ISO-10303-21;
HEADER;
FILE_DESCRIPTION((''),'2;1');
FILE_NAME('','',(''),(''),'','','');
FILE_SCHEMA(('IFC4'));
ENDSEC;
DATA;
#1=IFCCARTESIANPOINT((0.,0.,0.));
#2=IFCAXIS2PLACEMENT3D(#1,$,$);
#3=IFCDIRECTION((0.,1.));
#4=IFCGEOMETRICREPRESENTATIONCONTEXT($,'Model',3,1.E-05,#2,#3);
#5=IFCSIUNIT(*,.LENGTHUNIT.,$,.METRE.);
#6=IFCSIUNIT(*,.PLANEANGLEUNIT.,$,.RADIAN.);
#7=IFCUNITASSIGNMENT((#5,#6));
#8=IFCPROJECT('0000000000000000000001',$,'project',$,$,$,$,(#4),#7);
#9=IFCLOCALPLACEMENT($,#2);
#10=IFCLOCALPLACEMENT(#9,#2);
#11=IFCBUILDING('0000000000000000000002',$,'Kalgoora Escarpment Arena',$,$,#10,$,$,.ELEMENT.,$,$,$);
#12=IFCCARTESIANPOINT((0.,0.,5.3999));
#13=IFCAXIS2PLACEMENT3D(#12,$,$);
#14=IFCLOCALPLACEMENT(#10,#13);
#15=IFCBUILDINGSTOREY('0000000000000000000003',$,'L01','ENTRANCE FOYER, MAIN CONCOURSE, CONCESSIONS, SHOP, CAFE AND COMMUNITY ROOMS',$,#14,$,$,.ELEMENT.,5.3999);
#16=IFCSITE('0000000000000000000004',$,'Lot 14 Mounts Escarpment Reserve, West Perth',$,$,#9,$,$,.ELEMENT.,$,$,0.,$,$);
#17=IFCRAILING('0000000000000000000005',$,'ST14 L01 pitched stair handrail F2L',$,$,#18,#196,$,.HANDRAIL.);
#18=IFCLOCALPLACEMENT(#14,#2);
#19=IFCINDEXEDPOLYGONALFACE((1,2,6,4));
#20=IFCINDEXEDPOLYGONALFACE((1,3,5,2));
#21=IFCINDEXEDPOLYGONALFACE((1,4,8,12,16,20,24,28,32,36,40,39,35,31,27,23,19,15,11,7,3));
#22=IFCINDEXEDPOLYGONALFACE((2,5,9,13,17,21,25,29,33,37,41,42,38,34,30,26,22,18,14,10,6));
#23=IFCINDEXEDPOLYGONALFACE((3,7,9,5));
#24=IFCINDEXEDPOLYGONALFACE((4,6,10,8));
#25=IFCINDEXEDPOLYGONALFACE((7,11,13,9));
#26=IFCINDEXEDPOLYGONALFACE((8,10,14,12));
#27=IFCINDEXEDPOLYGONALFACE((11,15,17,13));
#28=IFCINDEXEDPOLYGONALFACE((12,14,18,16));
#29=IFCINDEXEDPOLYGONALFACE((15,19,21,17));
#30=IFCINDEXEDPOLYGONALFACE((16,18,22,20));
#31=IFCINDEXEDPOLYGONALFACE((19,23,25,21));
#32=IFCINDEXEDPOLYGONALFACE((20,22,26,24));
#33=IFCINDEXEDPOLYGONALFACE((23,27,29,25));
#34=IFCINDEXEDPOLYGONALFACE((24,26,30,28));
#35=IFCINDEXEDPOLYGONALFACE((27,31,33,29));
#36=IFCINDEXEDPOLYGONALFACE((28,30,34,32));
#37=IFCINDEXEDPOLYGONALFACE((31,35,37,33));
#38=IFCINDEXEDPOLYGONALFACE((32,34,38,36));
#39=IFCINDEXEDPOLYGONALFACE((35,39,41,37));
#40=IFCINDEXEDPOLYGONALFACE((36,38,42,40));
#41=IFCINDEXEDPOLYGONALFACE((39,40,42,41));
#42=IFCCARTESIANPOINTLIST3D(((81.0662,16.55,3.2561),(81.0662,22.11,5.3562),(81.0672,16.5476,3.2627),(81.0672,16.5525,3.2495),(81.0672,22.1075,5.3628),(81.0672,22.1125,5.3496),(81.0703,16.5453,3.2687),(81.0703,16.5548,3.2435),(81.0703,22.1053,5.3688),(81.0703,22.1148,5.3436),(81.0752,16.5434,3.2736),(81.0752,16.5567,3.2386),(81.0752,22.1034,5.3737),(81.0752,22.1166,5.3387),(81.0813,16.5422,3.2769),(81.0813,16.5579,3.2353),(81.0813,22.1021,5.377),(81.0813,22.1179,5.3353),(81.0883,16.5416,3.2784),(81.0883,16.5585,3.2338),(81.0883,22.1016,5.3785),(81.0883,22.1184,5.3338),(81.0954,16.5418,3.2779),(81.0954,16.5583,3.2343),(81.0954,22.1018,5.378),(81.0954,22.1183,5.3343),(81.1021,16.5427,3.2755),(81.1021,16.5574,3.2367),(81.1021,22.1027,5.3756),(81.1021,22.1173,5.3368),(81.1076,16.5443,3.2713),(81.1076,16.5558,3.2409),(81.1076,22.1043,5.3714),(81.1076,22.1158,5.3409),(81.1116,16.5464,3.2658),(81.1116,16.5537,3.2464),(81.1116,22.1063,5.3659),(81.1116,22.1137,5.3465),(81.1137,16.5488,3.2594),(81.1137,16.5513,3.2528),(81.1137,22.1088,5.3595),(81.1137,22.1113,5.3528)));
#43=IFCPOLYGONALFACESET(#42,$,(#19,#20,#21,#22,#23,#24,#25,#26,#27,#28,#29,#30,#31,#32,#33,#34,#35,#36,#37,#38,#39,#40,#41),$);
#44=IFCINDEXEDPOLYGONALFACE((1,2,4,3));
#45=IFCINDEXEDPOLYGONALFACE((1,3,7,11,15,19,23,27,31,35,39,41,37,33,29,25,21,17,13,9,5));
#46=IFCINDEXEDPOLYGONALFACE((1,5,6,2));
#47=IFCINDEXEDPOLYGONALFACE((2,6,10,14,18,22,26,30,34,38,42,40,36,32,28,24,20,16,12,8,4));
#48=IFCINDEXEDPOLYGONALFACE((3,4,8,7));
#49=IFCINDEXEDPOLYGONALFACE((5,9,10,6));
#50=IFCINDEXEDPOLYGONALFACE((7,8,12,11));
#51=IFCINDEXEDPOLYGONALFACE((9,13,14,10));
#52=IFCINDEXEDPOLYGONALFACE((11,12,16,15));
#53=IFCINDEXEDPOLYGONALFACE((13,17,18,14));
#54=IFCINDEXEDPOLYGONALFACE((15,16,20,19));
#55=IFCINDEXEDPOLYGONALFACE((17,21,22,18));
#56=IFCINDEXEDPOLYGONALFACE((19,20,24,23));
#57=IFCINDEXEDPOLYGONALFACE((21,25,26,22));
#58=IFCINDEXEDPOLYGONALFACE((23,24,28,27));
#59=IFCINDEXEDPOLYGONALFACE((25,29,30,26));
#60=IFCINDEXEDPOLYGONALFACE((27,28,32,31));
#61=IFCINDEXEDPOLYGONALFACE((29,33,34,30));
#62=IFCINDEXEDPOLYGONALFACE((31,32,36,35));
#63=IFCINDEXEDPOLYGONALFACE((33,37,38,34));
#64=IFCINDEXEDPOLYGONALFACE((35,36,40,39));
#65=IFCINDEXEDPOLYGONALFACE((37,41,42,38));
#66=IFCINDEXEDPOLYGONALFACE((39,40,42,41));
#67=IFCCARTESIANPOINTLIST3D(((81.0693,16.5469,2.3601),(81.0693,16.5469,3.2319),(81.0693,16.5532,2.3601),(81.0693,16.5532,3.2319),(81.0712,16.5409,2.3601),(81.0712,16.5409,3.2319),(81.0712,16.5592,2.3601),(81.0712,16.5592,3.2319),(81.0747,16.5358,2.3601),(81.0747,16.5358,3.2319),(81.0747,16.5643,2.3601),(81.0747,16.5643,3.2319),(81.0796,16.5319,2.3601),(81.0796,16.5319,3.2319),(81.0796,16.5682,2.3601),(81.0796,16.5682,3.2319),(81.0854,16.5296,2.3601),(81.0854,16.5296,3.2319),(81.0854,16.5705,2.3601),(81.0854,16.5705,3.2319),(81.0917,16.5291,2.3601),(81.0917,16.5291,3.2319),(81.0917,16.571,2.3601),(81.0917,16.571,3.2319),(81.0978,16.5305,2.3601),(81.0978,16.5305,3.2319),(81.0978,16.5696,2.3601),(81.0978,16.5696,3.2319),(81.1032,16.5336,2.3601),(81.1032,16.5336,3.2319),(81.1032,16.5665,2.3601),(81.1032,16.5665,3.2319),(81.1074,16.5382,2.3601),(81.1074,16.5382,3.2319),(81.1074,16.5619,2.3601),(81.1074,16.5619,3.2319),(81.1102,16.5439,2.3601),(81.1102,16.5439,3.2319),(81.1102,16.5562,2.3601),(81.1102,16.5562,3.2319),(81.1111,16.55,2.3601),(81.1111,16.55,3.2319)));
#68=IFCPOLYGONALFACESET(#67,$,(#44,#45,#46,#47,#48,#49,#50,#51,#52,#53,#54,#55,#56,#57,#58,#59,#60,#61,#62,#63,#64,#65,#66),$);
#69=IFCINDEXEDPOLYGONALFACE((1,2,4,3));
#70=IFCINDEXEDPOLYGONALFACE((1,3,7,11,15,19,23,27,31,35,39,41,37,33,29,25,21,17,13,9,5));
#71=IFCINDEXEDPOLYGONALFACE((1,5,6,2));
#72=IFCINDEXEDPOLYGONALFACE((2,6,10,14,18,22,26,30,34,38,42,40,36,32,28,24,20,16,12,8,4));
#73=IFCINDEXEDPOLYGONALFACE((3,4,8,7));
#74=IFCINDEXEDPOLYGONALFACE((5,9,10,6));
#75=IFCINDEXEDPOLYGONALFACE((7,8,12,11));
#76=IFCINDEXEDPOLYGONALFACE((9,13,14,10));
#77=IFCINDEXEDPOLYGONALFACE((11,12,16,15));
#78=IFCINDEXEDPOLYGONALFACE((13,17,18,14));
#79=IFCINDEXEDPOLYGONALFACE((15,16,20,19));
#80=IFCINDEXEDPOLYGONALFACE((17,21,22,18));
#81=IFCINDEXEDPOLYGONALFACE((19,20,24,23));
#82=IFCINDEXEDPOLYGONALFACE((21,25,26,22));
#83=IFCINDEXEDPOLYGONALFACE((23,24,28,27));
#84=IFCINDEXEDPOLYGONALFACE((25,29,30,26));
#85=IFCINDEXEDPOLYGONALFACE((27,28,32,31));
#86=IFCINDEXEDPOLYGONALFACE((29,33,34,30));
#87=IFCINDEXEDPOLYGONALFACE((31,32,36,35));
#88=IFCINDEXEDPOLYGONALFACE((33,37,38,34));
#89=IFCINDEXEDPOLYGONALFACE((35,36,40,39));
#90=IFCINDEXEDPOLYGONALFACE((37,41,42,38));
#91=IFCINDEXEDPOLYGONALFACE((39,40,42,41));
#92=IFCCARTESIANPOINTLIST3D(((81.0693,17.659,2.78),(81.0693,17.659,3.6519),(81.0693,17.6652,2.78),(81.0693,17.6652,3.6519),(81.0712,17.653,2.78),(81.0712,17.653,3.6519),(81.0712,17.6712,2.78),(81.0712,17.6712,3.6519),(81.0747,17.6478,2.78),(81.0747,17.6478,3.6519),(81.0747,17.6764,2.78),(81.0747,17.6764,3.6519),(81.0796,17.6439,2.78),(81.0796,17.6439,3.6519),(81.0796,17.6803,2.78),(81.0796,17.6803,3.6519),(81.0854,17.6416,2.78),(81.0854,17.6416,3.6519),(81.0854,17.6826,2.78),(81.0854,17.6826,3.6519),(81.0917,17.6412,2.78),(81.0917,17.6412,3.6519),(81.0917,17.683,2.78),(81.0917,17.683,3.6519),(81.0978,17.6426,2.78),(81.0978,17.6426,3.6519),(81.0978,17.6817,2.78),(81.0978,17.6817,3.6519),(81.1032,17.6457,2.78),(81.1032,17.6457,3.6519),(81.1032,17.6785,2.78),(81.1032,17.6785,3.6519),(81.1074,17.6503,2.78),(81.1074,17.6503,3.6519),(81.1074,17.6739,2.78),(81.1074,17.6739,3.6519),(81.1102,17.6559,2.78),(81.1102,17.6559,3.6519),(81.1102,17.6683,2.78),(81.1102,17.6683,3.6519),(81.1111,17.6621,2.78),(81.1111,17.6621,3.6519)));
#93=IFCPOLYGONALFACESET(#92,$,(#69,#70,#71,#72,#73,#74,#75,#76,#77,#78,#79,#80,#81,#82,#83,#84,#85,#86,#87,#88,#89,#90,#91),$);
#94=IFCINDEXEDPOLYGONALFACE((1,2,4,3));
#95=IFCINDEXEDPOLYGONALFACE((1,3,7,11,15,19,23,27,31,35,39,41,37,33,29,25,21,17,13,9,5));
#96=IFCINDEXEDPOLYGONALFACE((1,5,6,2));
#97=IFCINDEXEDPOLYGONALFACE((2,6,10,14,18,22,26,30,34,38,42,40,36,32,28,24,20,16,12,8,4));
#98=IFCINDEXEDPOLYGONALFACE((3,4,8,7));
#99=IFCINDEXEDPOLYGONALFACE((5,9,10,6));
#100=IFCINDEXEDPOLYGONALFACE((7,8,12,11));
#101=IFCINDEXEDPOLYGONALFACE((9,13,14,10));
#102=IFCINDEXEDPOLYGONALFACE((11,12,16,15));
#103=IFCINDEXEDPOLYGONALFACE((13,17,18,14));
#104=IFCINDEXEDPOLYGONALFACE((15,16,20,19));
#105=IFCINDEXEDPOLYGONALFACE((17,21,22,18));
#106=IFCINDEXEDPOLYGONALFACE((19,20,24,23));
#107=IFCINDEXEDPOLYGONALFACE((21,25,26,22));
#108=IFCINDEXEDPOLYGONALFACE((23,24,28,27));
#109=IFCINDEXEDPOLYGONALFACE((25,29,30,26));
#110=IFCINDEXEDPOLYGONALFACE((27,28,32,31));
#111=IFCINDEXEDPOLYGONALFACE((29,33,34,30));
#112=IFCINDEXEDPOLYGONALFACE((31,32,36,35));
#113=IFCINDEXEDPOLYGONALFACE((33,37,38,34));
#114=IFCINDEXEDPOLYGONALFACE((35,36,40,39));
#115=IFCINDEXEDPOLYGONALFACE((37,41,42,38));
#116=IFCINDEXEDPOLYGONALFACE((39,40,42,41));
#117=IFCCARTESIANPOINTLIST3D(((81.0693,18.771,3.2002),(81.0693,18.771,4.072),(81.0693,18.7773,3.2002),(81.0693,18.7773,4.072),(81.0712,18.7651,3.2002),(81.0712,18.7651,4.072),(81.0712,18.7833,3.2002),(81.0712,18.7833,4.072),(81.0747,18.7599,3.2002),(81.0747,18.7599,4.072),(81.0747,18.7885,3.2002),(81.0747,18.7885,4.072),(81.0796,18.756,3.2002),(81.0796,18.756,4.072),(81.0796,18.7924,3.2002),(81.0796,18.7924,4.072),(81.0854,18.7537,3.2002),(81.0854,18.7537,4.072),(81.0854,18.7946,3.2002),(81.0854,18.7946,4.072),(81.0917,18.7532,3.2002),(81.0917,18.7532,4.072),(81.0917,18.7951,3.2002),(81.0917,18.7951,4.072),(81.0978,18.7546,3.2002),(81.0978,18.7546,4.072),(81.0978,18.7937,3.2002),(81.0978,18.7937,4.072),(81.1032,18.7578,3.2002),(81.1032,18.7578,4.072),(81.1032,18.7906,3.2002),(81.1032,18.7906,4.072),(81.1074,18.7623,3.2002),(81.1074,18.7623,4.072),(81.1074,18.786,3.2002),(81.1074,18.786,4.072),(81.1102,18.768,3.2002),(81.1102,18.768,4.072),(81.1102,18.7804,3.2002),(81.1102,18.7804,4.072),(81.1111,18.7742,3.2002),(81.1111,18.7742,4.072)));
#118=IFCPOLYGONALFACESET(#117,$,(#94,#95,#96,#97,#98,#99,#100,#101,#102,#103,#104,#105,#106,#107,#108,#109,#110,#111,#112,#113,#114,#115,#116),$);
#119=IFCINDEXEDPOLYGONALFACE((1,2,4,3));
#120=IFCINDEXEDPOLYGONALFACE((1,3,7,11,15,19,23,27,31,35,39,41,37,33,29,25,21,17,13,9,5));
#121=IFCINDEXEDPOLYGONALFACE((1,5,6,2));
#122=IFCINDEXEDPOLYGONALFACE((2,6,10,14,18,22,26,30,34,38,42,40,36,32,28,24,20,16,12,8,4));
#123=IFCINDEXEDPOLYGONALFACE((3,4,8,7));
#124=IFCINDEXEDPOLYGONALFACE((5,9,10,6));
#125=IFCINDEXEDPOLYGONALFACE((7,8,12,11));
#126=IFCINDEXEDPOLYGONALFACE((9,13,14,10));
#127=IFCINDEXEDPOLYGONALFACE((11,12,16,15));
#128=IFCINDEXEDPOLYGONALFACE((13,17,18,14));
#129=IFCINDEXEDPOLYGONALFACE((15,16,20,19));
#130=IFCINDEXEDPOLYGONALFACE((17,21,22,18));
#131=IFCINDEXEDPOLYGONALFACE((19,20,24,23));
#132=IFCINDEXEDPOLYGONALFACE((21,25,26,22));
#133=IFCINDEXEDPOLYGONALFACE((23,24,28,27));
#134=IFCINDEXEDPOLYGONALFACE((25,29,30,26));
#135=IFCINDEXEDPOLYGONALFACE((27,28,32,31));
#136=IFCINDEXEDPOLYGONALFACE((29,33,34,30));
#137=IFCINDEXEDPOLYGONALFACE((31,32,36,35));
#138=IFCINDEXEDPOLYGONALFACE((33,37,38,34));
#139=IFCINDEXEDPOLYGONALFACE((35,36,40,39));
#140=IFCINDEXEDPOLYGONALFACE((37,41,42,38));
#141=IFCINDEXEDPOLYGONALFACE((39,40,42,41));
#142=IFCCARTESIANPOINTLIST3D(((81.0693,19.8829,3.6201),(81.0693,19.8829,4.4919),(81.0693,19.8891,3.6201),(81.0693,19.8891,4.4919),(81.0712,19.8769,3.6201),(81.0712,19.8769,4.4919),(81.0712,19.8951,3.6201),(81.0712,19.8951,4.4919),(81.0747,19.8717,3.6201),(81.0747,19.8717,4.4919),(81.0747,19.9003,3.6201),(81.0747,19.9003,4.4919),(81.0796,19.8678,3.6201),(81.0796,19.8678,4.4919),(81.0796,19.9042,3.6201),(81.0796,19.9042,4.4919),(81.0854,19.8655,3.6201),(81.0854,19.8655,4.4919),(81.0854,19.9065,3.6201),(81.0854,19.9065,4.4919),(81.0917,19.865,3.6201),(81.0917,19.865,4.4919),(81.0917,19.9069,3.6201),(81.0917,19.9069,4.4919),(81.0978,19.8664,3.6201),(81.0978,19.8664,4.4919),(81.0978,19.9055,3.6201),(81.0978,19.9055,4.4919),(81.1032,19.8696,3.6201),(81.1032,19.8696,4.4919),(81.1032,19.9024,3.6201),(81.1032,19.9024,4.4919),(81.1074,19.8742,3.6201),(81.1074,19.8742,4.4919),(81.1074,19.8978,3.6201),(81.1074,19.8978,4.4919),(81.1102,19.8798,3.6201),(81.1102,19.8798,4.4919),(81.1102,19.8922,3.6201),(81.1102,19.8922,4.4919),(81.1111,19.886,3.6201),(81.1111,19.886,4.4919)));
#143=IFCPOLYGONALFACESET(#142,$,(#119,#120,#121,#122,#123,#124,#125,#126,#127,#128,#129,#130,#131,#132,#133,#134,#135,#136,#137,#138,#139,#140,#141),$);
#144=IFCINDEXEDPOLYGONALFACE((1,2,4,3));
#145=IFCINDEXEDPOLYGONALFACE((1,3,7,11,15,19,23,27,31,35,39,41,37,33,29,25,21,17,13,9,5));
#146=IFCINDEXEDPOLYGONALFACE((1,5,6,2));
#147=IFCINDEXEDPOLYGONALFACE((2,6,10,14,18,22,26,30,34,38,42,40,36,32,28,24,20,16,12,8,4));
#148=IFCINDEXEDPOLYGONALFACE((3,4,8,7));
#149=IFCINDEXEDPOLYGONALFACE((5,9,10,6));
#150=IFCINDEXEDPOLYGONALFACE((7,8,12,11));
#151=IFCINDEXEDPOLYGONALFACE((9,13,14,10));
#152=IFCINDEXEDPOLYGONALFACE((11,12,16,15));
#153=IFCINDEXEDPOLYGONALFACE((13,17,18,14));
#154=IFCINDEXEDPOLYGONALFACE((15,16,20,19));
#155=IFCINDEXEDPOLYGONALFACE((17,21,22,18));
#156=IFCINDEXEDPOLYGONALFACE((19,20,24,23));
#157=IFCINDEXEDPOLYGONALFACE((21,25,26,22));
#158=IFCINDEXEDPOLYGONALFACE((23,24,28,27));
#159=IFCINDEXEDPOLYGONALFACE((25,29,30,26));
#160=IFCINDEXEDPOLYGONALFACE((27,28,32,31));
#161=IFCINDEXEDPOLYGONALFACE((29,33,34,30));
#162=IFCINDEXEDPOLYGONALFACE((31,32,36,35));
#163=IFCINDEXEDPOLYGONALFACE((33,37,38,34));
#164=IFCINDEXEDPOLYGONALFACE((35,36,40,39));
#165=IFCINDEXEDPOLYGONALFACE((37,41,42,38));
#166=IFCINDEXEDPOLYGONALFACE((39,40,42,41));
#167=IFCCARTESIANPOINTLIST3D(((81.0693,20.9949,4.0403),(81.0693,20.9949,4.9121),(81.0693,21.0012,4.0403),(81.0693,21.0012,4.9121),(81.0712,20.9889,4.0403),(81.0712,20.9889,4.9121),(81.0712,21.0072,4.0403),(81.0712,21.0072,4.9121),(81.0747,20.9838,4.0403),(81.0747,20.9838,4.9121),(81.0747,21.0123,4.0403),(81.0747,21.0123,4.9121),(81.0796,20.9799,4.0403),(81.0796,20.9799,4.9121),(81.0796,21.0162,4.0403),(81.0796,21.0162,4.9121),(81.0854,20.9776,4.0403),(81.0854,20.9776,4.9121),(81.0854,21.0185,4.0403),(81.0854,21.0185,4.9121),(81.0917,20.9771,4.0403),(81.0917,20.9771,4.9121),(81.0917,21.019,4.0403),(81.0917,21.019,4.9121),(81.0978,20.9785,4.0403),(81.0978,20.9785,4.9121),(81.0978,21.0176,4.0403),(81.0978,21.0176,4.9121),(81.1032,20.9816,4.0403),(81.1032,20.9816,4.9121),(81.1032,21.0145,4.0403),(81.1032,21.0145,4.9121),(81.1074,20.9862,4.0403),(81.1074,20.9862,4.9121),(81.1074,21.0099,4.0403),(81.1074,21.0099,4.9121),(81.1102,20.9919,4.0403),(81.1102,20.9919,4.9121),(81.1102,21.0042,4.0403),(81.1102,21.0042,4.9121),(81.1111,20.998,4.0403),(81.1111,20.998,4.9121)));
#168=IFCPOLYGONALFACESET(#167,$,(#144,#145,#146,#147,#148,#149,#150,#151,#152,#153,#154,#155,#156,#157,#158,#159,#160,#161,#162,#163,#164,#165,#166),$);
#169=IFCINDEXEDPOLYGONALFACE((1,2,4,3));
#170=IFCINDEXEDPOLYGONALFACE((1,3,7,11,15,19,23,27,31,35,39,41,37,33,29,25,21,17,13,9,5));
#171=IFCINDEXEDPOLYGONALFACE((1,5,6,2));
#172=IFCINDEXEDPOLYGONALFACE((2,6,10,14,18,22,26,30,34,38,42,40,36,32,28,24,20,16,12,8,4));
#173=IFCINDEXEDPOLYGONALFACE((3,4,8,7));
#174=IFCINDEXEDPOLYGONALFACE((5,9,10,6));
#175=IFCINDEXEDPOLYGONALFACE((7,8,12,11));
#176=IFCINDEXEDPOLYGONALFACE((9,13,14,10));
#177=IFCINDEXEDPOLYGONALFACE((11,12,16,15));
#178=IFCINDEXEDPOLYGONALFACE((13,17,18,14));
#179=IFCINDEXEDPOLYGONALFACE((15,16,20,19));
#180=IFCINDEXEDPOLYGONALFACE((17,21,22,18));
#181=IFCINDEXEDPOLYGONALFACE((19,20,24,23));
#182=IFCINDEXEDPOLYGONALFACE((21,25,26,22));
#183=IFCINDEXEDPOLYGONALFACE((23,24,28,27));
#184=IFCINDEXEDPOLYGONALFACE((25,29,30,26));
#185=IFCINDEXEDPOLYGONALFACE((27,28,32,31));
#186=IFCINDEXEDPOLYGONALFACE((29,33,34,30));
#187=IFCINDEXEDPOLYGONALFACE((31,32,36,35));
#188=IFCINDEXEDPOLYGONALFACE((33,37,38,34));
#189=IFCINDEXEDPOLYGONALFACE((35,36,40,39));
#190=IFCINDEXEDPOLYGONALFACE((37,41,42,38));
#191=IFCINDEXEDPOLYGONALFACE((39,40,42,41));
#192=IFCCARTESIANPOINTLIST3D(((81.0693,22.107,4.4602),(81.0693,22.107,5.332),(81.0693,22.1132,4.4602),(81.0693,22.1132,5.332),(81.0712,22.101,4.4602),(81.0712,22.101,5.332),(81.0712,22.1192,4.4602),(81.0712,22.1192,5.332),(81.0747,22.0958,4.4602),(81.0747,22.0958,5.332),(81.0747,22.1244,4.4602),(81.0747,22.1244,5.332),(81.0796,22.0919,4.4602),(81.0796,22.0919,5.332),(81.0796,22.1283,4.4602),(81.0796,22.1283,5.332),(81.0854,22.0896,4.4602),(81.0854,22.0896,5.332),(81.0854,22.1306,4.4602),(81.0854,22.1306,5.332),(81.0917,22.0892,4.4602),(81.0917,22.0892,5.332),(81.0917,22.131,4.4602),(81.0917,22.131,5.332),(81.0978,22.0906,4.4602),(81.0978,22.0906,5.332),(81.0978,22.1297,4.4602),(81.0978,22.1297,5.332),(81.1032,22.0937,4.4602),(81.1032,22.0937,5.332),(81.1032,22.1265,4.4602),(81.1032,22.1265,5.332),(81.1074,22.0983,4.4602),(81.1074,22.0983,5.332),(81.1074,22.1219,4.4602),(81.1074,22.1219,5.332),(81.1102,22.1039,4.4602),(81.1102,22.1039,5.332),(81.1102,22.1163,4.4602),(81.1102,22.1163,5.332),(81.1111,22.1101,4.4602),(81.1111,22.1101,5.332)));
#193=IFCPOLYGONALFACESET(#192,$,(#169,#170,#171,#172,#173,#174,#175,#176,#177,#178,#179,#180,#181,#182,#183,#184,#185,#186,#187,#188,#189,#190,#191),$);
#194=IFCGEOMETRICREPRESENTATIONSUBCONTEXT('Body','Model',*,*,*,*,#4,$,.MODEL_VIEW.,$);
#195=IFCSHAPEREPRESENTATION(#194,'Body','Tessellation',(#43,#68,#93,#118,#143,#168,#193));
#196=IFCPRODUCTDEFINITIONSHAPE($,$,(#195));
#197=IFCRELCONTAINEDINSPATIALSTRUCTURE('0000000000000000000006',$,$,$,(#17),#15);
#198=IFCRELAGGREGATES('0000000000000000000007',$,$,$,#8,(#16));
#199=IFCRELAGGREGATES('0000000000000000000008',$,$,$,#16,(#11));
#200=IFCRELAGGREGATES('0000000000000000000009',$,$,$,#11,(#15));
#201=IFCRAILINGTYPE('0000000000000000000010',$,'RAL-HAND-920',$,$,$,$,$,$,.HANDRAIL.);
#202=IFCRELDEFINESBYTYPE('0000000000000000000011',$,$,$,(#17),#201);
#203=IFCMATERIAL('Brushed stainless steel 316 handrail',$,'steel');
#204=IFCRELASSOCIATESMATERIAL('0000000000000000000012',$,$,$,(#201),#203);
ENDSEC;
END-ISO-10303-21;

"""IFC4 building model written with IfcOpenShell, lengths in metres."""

from ifc_helpers import new_model, si_unit, direction, frame, origin, origin_2d, place, context, subcontext, project, spatial, circle, extrude, material, type_object, element, save


model = new_model("IFC4")

# Units and contexts
model_context = context("Model", 3, precision=1e-05, world=origin(), true_north=direction((0.0, 1.0)))
body_context = subcontext(model_context, "Body", "Model", "MODEL_VIEW")
ifc_project = project(units=[si_unit("LENGTHUNIT", "METRE"), si_unit("PLANEANGLEUNIT", "RADIAN")], contexts=[model_context])

# Site, building, storey
site_placement = place(None, origin())
site = spatial("IfcSite", under=ifc_project, at=site_placement, Name="Lot 14 Mounts Escarpment Reserve, West Perth", CompositionType="ELEMENT", RefElevation=0.0)
building_placement = place(site_placement, origin())
building = spatial("IfcBuilding", under=site, at=building_placement, Name="Kalgoora Escarpment Arena", CompositionType="ELEMENT")
storey_placement = place(building_placement, frame((0.0, 0.0, 5.3999)))
storey = spatial("IfcBuildingStorey", under=building, at=storey_placement, Name="L01", Description="ENTRANCE FOYER, MAIN CONCOURSE, CONCESSIONS, SHOP, CAFE AND COMMUNITY ROOMS", CompositionType="ELEMENT", Elevation=5.3999)

# Railing
ifc_material_1 = material(Name="Brushed stainless steel 316 handrail", Category="steel")
railing_type_1 = type_object("IfcRailingType", Name="RAL-HAND-920", PredefinedType="HANDRAIL", material=ifc_material_1)
railing_1_placement = place(storey_placement, frame((81.0901, 16.55, 2.3601)))
element("IfcRailing", 1, at=railing_1_placement, inside=storey, type_object=railing_type_1, Name="ST14 L01 pitched stair handrail F2L", PredefinedType="HANDRAIL", context=body_context, shape_type="SweptSolid", body=[
    extrude(circle(Radius=0.0239, at=origin_2d()), frame((0.0, 0.0, 0.896), z_axis=(0.0, 0.935493, 0.353346), x_axis=(-1.0, 0.0, 0.0)), (0.0, 0.0, 1.0), 5.9434),
    extrude(circle(Radius=0.021, at=origin_2d()), origin(), (0.0, 0.0, 1.0), 0.8718),
    extrude(circle(Radius=0.021, at=origin_2d()), frame((0.0, 1.1121, 0.4199)), (0.0, 0.0, 1.0), 0.8718),
    extrude(circle(Radius=0.021, at=origin_2d()), frame((0.0, 2.2241, 0.8401)), (0.0, 0.0, 1.0), 0.8718),
    extrude(circle(Radius=0.021, at=origin_2d()), frame((0.0, 3.3359, 1.26)), (0.0, 0.0, 1.0), 0.8718),
    extrude(circle(Radius=0.021, at=origin_2d()), frame((0.0, 4.448, 1.6802)), (0.0, 0.0, 1.0), 0.8718),
    extrude(circle(Radius=0.021, at=origin_2d()), frame((0.0, 5.5601, 2.1001)), (0.0, 0.0, 1.0), 0.8718),
])

save(model, "model.ifc")
